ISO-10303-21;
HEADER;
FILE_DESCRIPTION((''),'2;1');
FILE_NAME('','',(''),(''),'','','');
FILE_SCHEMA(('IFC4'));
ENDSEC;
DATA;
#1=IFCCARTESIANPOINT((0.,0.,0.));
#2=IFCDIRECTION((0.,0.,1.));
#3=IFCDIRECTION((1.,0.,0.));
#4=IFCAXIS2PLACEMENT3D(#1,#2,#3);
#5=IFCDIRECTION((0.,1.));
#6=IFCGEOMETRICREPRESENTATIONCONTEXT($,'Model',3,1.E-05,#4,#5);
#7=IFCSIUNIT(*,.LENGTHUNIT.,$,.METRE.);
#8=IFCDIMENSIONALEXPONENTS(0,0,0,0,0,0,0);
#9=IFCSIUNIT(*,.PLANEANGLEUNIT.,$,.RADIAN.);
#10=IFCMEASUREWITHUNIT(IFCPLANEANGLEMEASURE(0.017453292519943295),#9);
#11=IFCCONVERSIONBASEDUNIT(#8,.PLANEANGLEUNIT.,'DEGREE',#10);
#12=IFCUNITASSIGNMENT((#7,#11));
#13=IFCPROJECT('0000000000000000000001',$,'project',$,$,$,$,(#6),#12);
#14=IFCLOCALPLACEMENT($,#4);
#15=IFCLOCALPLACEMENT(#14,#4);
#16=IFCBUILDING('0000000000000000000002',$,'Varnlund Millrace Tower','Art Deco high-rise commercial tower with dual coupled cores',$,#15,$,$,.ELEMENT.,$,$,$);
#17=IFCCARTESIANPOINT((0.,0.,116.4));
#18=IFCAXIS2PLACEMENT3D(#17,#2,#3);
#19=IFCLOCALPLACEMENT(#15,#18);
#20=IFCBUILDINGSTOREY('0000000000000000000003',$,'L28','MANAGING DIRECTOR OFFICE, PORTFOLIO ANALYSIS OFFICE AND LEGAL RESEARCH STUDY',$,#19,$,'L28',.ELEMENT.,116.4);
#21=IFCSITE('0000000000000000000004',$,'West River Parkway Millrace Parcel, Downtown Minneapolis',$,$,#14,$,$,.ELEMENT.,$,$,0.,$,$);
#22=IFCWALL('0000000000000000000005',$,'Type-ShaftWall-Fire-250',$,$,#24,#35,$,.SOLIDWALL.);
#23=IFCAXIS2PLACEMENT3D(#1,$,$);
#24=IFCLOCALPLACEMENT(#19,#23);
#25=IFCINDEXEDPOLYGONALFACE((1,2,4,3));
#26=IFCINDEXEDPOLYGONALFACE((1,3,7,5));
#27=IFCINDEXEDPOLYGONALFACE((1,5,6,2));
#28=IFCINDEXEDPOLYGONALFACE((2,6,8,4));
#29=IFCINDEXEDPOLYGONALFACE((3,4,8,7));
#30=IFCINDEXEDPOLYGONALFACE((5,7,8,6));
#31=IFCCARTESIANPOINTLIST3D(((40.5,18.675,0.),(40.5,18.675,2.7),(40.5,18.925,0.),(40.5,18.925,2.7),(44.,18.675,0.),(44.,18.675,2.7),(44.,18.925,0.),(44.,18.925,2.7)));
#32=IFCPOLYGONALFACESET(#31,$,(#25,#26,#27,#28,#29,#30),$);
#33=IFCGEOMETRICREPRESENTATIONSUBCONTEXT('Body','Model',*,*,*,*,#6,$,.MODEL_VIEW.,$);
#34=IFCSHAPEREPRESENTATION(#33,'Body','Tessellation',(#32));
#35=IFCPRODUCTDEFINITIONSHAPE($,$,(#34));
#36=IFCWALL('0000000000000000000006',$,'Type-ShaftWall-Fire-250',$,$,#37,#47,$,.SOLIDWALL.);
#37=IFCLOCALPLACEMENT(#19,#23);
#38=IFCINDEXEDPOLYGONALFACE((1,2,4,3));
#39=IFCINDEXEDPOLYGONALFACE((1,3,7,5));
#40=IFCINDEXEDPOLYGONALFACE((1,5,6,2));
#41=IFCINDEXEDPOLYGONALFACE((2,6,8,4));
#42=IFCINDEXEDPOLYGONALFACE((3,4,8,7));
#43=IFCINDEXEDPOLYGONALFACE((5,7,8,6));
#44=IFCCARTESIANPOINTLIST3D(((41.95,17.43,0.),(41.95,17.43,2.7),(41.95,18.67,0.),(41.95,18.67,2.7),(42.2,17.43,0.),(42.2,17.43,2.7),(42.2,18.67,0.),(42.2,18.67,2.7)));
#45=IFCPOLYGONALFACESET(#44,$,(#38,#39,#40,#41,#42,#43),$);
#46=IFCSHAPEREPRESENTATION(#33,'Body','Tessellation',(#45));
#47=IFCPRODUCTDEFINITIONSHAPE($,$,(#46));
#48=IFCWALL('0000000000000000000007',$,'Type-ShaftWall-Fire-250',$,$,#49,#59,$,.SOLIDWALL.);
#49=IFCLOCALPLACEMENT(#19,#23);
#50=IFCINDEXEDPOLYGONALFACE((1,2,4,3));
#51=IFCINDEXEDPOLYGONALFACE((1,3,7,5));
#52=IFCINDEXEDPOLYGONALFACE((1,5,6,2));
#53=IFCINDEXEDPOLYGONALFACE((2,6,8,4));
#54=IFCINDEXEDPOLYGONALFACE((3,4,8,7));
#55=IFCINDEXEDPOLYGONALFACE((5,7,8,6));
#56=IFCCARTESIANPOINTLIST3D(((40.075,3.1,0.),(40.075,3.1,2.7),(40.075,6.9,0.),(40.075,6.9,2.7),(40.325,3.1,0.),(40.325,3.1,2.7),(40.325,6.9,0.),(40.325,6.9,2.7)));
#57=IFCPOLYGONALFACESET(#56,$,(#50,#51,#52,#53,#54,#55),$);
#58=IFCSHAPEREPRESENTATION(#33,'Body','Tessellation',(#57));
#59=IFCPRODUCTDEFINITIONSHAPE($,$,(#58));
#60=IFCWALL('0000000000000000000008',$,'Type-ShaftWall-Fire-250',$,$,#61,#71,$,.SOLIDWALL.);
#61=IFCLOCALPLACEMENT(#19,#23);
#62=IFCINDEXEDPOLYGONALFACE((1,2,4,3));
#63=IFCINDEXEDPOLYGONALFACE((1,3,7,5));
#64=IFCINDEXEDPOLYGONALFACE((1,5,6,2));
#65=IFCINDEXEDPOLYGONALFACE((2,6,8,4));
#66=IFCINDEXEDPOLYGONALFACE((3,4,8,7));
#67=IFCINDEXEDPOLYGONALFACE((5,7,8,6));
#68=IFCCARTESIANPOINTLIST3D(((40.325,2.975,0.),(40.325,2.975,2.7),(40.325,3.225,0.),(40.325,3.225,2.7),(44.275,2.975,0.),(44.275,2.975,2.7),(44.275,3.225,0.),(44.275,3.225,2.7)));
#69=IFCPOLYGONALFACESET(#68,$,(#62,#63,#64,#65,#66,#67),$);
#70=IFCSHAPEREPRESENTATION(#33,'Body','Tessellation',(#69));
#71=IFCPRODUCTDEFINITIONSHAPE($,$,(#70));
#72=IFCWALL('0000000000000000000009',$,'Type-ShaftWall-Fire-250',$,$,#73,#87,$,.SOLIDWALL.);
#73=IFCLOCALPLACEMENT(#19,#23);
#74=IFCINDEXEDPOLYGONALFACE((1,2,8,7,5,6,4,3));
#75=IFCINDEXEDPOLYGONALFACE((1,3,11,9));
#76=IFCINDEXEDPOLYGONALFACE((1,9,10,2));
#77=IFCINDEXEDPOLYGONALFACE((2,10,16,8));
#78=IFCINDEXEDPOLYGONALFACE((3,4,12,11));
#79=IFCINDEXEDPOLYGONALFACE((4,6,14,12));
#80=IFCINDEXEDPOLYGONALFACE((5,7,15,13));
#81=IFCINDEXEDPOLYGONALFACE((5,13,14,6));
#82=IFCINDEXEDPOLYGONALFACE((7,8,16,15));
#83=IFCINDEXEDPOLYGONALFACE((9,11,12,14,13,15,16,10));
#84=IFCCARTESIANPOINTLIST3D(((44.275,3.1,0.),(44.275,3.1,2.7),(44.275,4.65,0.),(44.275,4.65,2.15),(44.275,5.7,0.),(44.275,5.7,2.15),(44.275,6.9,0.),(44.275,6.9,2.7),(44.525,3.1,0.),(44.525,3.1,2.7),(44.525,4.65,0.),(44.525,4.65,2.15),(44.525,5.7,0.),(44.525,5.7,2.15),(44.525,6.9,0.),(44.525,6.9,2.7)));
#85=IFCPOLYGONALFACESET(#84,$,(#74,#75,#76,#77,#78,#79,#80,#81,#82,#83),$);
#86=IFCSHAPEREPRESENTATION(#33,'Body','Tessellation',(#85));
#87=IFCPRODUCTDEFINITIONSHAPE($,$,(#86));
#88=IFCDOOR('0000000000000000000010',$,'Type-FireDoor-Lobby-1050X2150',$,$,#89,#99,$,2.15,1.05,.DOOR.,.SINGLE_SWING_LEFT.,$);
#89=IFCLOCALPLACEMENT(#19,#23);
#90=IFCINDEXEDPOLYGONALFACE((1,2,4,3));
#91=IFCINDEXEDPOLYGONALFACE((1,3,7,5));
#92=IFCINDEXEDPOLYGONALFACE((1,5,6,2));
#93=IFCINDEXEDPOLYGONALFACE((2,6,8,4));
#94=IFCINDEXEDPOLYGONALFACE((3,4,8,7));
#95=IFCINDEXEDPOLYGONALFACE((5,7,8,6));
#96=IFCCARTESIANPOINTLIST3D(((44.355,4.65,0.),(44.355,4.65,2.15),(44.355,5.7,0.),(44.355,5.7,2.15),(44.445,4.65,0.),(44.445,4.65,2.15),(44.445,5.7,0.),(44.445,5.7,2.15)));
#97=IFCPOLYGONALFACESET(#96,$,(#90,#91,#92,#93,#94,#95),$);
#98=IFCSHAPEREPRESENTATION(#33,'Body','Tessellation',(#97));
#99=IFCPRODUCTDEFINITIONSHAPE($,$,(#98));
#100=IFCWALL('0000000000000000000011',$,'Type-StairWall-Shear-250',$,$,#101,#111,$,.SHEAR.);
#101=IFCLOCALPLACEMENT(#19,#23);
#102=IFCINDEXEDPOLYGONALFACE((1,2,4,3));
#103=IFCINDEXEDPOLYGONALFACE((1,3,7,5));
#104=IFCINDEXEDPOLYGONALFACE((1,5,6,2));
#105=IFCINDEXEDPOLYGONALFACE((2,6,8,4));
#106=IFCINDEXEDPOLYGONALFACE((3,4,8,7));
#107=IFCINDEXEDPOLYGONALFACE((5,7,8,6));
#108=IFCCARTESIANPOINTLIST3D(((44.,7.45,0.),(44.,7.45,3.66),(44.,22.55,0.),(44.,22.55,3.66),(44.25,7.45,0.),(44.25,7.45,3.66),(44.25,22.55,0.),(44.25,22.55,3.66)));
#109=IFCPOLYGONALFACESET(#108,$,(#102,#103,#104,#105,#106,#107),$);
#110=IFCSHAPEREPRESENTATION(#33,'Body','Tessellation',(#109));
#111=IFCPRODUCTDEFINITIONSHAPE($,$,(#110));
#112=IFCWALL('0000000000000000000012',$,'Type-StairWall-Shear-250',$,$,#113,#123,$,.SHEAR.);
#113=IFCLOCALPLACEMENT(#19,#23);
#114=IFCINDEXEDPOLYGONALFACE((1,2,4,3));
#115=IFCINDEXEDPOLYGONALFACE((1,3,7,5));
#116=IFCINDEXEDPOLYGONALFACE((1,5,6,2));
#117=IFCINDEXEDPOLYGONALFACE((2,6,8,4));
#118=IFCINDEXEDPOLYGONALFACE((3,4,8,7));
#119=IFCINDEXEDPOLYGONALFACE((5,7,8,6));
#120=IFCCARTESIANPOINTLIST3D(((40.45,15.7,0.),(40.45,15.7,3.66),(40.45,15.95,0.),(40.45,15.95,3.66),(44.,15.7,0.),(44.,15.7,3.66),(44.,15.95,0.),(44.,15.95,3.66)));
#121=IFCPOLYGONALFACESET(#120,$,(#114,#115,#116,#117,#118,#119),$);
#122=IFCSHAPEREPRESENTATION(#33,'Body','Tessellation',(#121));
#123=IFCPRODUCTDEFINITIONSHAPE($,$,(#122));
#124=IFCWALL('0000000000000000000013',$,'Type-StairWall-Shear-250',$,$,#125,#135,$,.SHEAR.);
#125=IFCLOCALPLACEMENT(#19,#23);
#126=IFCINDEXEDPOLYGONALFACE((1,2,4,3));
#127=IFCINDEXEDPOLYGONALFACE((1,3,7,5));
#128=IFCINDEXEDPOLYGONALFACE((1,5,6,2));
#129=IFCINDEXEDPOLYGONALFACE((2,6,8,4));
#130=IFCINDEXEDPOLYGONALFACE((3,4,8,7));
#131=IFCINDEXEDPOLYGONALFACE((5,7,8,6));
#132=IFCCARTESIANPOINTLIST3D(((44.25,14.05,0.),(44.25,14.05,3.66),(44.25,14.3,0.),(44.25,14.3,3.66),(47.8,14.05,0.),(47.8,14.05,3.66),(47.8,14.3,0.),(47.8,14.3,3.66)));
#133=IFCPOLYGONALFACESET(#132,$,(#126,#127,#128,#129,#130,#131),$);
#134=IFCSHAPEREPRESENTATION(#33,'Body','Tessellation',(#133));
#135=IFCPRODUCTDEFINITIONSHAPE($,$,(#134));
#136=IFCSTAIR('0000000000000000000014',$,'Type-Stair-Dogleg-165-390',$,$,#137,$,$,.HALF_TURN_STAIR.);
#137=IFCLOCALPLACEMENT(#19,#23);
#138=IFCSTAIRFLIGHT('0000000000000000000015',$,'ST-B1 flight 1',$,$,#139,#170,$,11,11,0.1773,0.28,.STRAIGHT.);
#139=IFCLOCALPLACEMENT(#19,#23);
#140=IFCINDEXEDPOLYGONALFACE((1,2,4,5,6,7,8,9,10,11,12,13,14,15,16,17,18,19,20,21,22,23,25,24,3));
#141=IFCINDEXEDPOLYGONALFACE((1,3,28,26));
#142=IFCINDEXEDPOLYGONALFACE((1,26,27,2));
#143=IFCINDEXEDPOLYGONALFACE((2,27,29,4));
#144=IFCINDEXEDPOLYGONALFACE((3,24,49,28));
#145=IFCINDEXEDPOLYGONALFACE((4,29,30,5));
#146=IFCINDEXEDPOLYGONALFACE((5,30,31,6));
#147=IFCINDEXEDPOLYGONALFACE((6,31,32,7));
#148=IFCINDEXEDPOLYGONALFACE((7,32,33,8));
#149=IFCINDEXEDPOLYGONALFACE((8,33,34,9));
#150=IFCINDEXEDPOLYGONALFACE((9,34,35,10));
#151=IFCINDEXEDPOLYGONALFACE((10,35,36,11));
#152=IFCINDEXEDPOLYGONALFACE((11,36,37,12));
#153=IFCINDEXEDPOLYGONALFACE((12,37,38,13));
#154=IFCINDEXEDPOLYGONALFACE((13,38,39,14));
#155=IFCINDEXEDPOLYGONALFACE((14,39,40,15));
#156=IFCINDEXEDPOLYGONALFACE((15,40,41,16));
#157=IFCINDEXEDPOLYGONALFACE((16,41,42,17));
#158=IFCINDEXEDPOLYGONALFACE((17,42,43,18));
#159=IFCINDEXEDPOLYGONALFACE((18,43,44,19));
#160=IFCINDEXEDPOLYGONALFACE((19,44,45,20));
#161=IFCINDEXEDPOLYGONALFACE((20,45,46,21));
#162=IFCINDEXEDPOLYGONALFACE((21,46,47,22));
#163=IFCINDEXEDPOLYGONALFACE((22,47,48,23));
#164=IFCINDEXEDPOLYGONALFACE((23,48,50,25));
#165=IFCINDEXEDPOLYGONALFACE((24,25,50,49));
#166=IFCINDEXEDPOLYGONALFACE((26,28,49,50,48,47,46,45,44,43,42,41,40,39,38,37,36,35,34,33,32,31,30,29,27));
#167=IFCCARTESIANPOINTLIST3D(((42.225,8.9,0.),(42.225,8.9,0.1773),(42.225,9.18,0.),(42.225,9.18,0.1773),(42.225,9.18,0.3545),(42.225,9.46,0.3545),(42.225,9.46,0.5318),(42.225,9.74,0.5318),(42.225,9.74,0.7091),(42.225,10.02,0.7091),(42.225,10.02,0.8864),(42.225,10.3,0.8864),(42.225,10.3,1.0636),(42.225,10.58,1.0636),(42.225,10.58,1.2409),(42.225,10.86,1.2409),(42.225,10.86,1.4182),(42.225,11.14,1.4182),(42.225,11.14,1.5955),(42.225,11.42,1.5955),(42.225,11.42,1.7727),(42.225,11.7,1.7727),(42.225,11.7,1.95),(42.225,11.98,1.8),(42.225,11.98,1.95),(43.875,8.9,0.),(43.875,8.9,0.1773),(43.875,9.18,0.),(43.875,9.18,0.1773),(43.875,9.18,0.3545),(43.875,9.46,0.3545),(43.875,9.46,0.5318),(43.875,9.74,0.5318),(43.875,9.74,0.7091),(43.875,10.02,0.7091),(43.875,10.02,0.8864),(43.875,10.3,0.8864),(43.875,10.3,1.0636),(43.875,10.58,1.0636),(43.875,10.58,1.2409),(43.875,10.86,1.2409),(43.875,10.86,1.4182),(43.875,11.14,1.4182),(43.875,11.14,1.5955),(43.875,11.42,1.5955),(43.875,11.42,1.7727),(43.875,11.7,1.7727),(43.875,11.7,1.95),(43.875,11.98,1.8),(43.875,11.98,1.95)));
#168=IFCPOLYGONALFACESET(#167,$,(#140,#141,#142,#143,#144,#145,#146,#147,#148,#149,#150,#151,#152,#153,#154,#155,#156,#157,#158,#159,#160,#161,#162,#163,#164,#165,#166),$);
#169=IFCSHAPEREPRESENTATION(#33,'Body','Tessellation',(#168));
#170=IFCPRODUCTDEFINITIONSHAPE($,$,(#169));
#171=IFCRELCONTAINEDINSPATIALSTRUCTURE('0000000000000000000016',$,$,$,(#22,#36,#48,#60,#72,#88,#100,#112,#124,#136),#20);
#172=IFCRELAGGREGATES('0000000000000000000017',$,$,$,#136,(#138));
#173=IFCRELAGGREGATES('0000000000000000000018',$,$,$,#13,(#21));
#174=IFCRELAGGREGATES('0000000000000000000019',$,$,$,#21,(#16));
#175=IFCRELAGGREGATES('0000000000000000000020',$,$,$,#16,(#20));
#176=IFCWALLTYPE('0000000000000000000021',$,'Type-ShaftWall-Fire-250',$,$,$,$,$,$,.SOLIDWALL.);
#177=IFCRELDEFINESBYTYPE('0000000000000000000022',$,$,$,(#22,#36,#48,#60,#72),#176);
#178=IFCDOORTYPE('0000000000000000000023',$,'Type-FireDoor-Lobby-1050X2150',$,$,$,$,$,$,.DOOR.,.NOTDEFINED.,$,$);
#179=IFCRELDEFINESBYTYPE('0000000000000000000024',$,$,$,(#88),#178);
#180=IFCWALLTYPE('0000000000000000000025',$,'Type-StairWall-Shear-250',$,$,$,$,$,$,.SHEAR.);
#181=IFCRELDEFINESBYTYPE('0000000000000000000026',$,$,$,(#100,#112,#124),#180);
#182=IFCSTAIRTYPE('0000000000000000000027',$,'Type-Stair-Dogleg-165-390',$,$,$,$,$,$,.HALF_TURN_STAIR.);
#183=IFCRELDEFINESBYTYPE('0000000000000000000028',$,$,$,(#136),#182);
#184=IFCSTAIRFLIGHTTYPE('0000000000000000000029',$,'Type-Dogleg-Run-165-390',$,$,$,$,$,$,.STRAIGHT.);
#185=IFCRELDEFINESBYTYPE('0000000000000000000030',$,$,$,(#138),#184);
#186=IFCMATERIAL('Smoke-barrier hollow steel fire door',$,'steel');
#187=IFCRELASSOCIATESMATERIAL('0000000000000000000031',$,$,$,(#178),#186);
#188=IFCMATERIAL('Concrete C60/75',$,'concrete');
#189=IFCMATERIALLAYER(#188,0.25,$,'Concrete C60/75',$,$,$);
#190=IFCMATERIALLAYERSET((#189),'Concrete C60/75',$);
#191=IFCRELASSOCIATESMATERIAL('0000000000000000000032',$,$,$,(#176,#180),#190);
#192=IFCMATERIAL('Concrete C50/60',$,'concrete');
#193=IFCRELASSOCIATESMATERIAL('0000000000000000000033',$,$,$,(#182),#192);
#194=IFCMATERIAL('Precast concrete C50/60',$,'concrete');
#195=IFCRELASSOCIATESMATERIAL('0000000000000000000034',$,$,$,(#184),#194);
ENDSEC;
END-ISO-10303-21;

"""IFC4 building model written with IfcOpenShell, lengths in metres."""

from ifc_helpers import new_model, entity, si_unit, converted_unit, direction, frame, origin_with_axes, origin_2d_with_axis, place, context, subcontext, project, spatial, polyline, rectangle, outline, extrude, material, layer, layer_set, type_object, element, fill, aggregate, save


model = new_model("IFC4")

# Units and contexts
model_context = context("Model", 3, precision=1e-05, world=origin_with_axes(), true_north=direction((0.0, 1.0)))
body_context = subcontext(model_context, "Body", "Model", "MODEL_VIEW")
ifc_project = project(units=[si_unit("LENGTHUNIT", "METRE"), converted_unit("PLANEANGLEUNIT", "DEGREE", entity("IfcPlaneAngleMeasure", 0.017453292519943295), si_unit("PLANEANGLEUNIT", "RADIAN"), dimensions=[0, 0, 0, 0, 0, 0, 0])], contexts=[model_context])

# Site, building, storey
site_placement = place(None, origin_with_axes())
site = spatial("IfcSite", under=ifc_project, at=site_placement, Name="West River Parkway Millrace Parcel, Downtown Minneapolis", CompositionType="ELEMENT", RefElevation=0.0)
building_placement = place(site_placement, origin_with_axes())
building = spatial("IfcBuilding", under=site, at=building_placement, Name="Varnlund Millrace Tower", Description="Art Deco high-rise commercial tower with dual coupled cores", CompositionType="ELEMENT")
storey_placement = place(building_placement, frame((0.0, 0.0, 116.4), z_axis=(0.0, 0.0, 1.0), x_axis=(1.0, 0.0, 0.0)))
storey = spatial("IfcBuildingStorey", under=building, at=storey_placement, Name="L28", Description="MANAGING DIRECTOR OFFICE, PORTFOLIO ANALYSIS OFFICE AND LEGAL RESEARCH STUDY", LongName="L28", CompositionType="ELEMENT", Elevation=116.4)

# Shared definitions
ifc_material_1 = material(Name="Smoke-barrier hollow steel fire door", Category="steel")
door_type_1 = type_object("IfcDoorType", Name="Type-FireDoor-Lobby-1050X2150", OperationType="NOTDEFINED", PredefinedType="DOOR", material=ifc_material_1)

# Walls
ifc_material_2 = material(Name="Concrete C60/75", Category="concrete")
ifc_layer_1 = layer(ifc_material_2, 0.25, Name="Concrete C60/75")
ifc_layer_set_1 = layer_set([ifc_layer_1], Name="Concrete C60/75")
wall_type_1 = type_object("IfcWallType", Name="Type-ShaftWall-Fire-250", PredefinedType="SOLIDWALL", material=ifc_layer_set_1)
for number, where, z_axis, x_axis, name in (
    (1, (40.5, 18.8, 0.0), (0.0, 0.0, 1.0), (1.0, 0.0, 0.0), "Type-ShaftWall-Fire-250"),
):
    element("IfcWall", number, at=place(storey_placement, frame(where, z_axis=z_axis, x_axis=x_axis)), inside=storey, type_object=wall_type_1, Name=name, PredefinedType="SOLIDWALL", context=body_context, shape_type="SweptSolid", body=[
        extrude(outline(polyline([(0.0, -0.125), (3.5, -0.125), (3.5, 0.125), (0.0, 0.125), (0.0, -0.125)])), origin_with_axes(), (0.0, 0.0, 1.0), 2.7),
    ])
wall_1_placement = place(storey_placement, frame((42.075, 17.43, 0.0), z_axis=(0.0, 0.0, 1.0), x_axis=(0.0, 1.0, 0.0)))
element("IfcWall", 2, at=wall_1_placement, inside=storey, type_object=wall_type_1, Name="Type-ShaftWall-Fire-250", PredefinedType="SOLIDWALL", context=body_context, shape_type="SweptSolid", body=[
    extrude(outline(polyline([(0.0, -0.125), (1.24, -0.125), (1.24, 0.125), (0.0, 0.125), (0.0, -0.125)])), origin_with_axes(), (0.0, 0.0, 1.0), 2.7),
])
wall_2_placement = place(storey_placement, frame((40.2, 3.1, 0.0), z_axis=(0.0, 0.0, 1.0), x_axis=(0.0, 1.0, 0.0)))
element("IfcWall", 3, at=wall_2_placement, inside=storey, type_object=wall_type_1, Name="Type-ShaftWall-Fire-250", PredefinedType="SOLIDWALL", context=body_context, shape_type="SweptSolid", body=[
    extrude(outline(polyline([(0.0, -0.125), (3.8, -0.125), (3.8, 0.125), (0.0, 0.125), (0.0, -0.125)])), origin_with_axes(), (0.0, 0.0, 1.0), 2.7),
])
wall_3_placement = place(storey_placement, frame((40.325, 3.1, 0.0), z_axis=(0.0, 0.0, 1.0), x_axis=(1.0, 0.0, 0.0)))
element("IfcWall", 4, at=wall_3_placement, inside=storey, type_object=wall_type_1, Name="Type-ShaftWall-Fire-250", PredefinedType="SOLIDWALL", context=body_context, shape_type="SweptSolid", body=[
    extrude(outline(polyline([(0.0, -0.125), (3.95, -0.125), (3.95, 0.125), (0.0, 0.125), (0.0, -0.125)])), origin_with_axes(), (0.0, 0.0, 1.0), 2.7),
])

# Wall, opening, door
wall_4_placement = place(storey_placement, frame((44.4, 3.1, 0.0), z_axis=(0.0, 0.0, 1.0), x_axis=(0.0, 1.0, 0.0)))
wall_4 = element("IfcWall", 5, at=wall_4_placement, inside=storey, type_object=wall_type_1, Name="Type-ShaftWall-Fire-250", PredefinedType="SOLIDWALL", context=body_context, shape_type="SweptSolid", body=[
    extrude(outline(polyline([(0.0, -0.125), (3.8, -0.125), (3.8, 0.125), (0.0, 0.125), (0.0, -0.125)])), origin_with_axes(), (0.0, 0.0, 1.0), 2.7),
])
opening_1_placement = place(wall_4_placement, frame((2.075, 0.0, 0.0), z_axis=(0.0, 0.0, 1.0), x_axis=(1.0, 0.0, 0.0)))
opening_1 = element("IfcOpeningElement", 6, at=opening_1_placement, cuts=wall_4, PredefinedType="OPENING", context=body_context, shape_type="SweptSolid", body=[
    extrude(rectangle(XDim=1.05, YDim=0.27, at=origin_2d_with_axis()), origin_with_axes(), (0.0, 0.0, 1.0), 2.15),
])
door_1_placement = place(wall_4_placement, frame((2.075, 0.0, 0.0), z_axis=(0.0, 0.0, 1.0), x_axis=(1.0, 0.0, 0.0)))
door_1 = element("IfcDoor", 7, at=door_1_placement, inside=storey, type_object=door_type_1, Name="Type-FireDoor-Lobby-1050X2150", OperationType="SINGLE_SWING_LEFT", OverallHeight=2.15, OverallWidth=1.05, PredefinedType="DOOR", context=body_context, shape_type="SweptSolid", body=[
    extrude(rectangle(XDim=1.05, YDim=0.09, at=origin_2d_with_axis()), origin_with_axes(), (0.0, 0.0, 1.0), 2.15),
])
fill(opening_1, door_1)

# Walls
wall_type_2 = type_object("IfcWallType", Name="Type-StairWall-Shear-250", PredefinedType="SHEAR", material=ifc_layer_set_1)
wall_5_placement = place(storey_placement, frame((44.125, 7.45, 0.0), z_axis=(0.0, 0.0, 1.0), x_axis=(0.0, 1.0, 0.0)))
element("IfcWall", 8, at=wall_5_placement, inside=storey, type_object=wall_type_2, Name="Type-StairWall-Shear-250", PredefinedType="SHEAR", context=body_context, shape_type="SweptSolid", body=[
    extrude(outline(polyline([(0.0, -0.125), (15.1, -0.125), (15.1, 0.125), (0.0, 0.125), (0.0, -0.125)])), origin_with_axes(), (0.0, 0.0, 1.0), 3.66),
])
for number, where, z_axis, x_axis, name in (
    (9, (40.45, 15.825, 0.0), (0.0, 0.0, 1.0), (1.0, 0.0, 0.0), "Type-StairWall-Shear-250"),
    (10, (44.25, 14.175, 0.0), (0.0, 0.0, 1.0), (1.0, 0.0, 0.0), "Type-StairWall-Shear-250"),
):
    element("IfcWall", number, at=place(storey_placement, frame(where, z_axis=z_axis, x_axis=x_axis)), inside=storey, type_object=wall_type_2, Name=name, PredefinedType="SHEAR", context=body_context, shape_type="SweptSolid", body=[
        extrude(outline(polyline([(0.0, -0.125), (3.55, -0.125), (3.55, 0.125), (0.0, 0.125), (0.0, -0.125)])), origin_with_axes(), (0.0, 0.0, 1.0), 3.66),
    ])

# Stair, stair flight
ifc_material_3 = material(Name="Concrete C50/60", Category="concrete")
stair_type = type_object("IfcStairType", Name="Type-Stair-Dogleg-165-390", PredefinedType="HALF_TURN_STAIR", material=ifc_material_3)
stair_1_placement = place(storey_placement, origin_with_axes())
stair_1 = element("IfcStair", 11, at=stair_1_placement, inside=storey, type_object=stair_type, Name="Type-Stair-Dogleg-165-390", PredefinedType="HALF_TURN_STAIR")
ifc_material_4 = material(Name="Precast concrete C50/60", Category="concrete")
stair_flight_type = type_object("IfcStairFlightType", Name="Type-Dogleg-Run-165-390", PredefinedType="STRAIGHT", material=ifc_material_4)
stair_flight_1_placement = place(storey_placement, frame((42.225, 8.9, 0.0), z_axis=(1.0, 0.0, 0.0), x_axis=(0.0, 1.0, 0.0)))
stair_flight_1 = element("IfcStairFlight", 12, at=stair_flight_1_placement, type_object=stair_flight_type, Name="ST-B1 flight 1", NumberOfRisers=11, NumberOfTreads=11, PredefinedType="STRAIGHT", RiserHeight=0.1773, TreadLength=0.28, context=body_context, shape_type="SweptSolid", body=[
    extrude(outline(polyline([(0.0, 0.0), (0.0, 0.1773), (0.28, 0.1773), (0.28, 0.3545), (0.56, 0.3545), (0.56, 0.5318), (0.84, 0.5318), (0.84, 0.7091), (1.12, 0.7091), (1.12, 0.8864), (1.4, 0.8864), (1.4, 1.0636), (1.68, 1.0636), (1.68, 1.2409), (1.96, 1.2409), (1.96, 1.4182), (2.24, 1.4182), (2.24, 1.5955), (2.52, 1.5955), (2.52, 1.7727), (2.8, 1.7727), (2.8, 1.95), (3.08, 1.95), (3.08, 1.8), (0.28, 0.0), (0.0, 0.0)])), origin_with_axes(), (0.0, 0.0, 1.0), 1.65),
])
aggregate(stair_1, [stair_flight_1])

save(model, "model.ifc")
